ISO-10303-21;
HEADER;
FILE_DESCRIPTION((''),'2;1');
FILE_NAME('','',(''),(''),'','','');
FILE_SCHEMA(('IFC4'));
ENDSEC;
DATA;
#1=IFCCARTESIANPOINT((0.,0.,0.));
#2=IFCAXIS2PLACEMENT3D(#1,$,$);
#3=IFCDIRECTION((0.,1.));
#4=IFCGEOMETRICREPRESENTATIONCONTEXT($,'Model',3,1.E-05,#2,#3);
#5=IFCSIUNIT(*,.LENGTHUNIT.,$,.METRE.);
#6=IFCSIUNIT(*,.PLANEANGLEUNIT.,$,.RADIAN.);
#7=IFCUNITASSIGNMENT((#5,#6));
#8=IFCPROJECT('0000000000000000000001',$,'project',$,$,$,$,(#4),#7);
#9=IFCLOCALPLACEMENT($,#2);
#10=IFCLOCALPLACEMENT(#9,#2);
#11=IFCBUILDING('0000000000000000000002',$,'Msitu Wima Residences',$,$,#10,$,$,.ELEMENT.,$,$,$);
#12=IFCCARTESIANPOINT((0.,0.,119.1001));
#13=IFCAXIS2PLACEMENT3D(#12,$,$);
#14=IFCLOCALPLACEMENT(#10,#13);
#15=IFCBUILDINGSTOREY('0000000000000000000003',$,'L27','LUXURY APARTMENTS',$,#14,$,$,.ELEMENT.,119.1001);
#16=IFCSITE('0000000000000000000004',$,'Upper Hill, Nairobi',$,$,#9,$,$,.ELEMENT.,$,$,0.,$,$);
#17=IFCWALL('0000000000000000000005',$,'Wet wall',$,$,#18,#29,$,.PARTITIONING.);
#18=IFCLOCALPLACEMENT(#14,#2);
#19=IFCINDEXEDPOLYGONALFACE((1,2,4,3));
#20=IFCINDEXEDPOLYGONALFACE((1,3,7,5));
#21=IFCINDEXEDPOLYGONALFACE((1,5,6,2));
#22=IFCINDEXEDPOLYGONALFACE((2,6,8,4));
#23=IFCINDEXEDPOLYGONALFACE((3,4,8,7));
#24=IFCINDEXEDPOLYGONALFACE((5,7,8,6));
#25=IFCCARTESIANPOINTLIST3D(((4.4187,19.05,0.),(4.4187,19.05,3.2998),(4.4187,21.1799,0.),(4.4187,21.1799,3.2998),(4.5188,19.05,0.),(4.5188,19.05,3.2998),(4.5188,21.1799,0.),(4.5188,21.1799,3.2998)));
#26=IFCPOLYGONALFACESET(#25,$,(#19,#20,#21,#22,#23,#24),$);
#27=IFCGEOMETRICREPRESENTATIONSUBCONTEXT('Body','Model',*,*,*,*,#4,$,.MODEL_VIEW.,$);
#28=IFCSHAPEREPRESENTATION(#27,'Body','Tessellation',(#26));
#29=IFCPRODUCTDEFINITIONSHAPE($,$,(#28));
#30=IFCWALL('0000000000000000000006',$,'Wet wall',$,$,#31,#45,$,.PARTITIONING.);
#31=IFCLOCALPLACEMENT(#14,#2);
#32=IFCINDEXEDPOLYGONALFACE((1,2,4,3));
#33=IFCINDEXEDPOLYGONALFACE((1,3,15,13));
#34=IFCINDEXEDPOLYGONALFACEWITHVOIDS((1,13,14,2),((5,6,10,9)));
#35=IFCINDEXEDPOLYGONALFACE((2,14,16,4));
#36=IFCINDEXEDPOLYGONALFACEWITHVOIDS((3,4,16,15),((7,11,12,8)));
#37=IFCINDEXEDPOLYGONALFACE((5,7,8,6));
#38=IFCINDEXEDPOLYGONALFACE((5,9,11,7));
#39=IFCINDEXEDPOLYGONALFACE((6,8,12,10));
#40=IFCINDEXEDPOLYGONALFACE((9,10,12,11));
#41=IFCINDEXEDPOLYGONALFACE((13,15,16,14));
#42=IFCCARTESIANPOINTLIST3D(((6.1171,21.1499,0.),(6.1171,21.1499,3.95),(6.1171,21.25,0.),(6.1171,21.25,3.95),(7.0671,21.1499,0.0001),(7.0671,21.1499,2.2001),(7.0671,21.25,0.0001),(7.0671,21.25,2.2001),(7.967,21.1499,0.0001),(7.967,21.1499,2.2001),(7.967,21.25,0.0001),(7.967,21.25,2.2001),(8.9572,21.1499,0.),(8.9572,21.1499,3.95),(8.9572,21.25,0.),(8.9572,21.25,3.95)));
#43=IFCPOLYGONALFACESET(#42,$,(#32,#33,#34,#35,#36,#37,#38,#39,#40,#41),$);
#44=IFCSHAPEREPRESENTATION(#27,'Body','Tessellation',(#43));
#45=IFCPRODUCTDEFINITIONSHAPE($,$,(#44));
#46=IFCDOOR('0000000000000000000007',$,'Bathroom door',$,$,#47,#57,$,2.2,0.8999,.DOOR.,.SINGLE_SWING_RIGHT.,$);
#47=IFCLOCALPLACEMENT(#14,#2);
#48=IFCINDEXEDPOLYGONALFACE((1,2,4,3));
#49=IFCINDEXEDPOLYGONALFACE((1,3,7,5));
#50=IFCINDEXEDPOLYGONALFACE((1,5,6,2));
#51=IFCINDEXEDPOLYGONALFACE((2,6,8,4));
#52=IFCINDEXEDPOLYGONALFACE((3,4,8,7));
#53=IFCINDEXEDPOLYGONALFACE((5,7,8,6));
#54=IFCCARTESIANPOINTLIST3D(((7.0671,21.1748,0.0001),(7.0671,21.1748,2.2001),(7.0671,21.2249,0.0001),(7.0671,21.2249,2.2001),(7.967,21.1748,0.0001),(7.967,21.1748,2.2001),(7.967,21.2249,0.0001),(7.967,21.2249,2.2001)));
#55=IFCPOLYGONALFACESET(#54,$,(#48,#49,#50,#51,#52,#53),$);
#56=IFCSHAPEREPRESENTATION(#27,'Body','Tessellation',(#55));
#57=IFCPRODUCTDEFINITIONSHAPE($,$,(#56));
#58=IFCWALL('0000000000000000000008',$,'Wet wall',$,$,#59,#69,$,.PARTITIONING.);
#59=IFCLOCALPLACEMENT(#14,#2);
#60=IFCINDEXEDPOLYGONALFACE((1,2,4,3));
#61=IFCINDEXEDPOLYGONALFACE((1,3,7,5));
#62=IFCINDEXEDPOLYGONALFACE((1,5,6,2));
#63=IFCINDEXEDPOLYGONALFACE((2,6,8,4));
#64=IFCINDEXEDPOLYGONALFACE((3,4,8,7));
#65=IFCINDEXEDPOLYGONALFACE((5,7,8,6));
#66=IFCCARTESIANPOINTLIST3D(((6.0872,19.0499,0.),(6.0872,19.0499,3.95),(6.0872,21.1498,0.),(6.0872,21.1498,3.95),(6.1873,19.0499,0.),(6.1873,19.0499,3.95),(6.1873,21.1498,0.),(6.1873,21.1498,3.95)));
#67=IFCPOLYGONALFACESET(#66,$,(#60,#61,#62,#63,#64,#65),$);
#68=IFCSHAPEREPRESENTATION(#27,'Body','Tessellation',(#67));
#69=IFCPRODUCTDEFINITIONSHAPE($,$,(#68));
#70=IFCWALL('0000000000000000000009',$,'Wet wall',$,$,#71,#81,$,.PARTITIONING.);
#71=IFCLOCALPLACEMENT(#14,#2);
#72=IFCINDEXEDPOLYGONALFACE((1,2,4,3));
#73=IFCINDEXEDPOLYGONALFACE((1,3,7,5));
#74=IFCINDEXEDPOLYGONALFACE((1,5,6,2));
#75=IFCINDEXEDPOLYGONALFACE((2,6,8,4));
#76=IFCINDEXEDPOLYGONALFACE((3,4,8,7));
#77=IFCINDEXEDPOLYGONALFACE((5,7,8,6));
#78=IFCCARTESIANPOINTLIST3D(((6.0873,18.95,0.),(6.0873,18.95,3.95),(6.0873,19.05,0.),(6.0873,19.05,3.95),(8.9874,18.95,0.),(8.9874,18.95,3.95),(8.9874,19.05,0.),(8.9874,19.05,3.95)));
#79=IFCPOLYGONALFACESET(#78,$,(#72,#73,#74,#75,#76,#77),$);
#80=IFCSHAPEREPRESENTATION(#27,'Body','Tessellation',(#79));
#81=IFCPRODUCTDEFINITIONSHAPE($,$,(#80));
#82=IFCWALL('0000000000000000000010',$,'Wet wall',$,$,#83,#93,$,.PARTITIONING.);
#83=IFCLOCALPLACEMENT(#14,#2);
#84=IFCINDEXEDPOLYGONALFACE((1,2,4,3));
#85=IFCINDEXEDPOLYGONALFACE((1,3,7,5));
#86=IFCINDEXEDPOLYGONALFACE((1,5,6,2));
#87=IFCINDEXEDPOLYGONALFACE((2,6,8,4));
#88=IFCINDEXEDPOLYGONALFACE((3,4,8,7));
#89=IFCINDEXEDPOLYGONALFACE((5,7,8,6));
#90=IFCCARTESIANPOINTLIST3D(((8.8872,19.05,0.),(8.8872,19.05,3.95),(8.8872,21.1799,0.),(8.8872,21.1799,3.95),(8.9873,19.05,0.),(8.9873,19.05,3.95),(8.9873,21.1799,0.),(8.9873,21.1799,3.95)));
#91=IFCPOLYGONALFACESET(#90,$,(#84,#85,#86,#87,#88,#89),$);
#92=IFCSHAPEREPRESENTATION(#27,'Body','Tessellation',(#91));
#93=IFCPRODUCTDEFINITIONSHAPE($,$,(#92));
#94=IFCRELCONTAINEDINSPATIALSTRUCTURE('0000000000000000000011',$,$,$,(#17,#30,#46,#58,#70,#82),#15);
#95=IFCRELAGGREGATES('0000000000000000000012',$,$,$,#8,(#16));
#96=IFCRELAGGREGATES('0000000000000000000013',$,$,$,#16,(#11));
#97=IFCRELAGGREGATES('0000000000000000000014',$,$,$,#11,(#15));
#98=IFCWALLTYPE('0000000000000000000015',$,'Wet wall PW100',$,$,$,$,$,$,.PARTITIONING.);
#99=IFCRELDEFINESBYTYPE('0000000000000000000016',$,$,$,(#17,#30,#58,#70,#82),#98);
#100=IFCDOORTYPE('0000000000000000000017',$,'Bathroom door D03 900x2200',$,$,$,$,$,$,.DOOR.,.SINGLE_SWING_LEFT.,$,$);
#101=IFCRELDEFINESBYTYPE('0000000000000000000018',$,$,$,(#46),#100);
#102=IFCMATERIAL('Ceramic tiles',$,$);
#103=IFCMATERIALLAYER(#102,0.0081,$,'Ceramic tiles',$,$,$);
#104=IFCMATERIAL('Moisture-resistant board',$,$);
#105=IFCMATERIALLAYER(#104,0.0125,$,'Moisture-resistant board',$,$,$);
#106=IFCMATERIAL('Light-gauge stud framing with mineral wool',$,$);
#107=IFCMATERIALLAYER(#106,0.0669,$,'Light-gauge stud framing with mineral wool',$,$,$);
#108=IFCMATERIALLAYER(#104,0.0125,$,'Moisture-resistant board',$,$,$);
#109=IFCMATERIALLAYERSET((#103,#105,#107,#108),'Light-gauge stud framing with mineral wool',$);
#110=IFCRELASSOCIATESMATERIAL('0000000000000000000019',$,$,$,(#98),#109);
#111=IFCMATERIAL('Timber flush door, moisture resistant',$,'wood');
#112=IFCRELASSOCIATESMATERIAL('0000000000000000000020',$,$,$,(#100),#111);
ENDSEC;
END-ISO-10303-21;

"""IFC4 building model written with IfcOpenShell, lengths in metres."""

from ifc_helpers import new_model, si_unit, direction, frame, frame_2d, origin, place, context, subcontext, project, spatial, rectangle, extrude, material, layer, layer_set, type_object, element, fill, save


model = new_model("IFC4")

# Units and contexts
model_context = context("Model", 3, precision=1e-05, world=origin(), true_north=direction((0.0, 1.0)))
body_context = subcontext(model_context, "Body", "Model", "MODEL_VIEW")
ifc_project = project(units=[si_unit("LENGTHUNIT", "METRE"), si_unit("PLANEANGLEUNIT", "RADIAN")], contexts=[model_context])

# Site, building, storey
site_placement = place(None, origin())
site = spatial("IfcSite", under=ifc_project, at=site_placement, Name="Upper Hill, Nairobi", CompositionType="ELEMENT", RefElevation=0.0)
building_placement = place(site_placement, origin())
building = spatial("IfcBuilding", under=site, at=building_placement, Name="Msitu Wima Residences", CompositionType="ELEMENT")
storey_placement = place(building_placement, frame((0.0, 0.0, 119.1001)))
storey = spatial("IfcBuildingStorey", under=building, at=storey_placement, Name="L27", Description="LUXURY APARTMENTS", CompositionType="ELEMENT", Elevation=119.1001)

# Shared definitions
ifc_material_1 = material(Name="Ceramic tiles")
ifc_layer_1 = layer(ifc_material_1, 0.0081, Name="Ceramic tiles")
ifc_material_2 = material(Name="Moisture-resistant board")
ifc_layer_2 = layer(ifc_material_2, 0.0125, Name="Moisture-resistant board")
ifc_material_3 = material(Name="Light-gauge stud framing with mineral wool")
ifc_layer_3 = layer(ifc_material_3, 0.0669, Name="Light-gauge stud framing with mineral wool")
ifc_layer_4 = layer(ifc_material_2, 0.0125, Name="Moisture-resistant board")
ifc_layer_set_1 = layer_set([ifc_layer_1, ifc_layer_2, ifc_layer_3, ifc_layer_4], Name="Light-gauge stud framing with mineral wool")
wall_type_1 = type_object("IfcWallType", Name="Wet wall PW100", PredefinedType="PARTITIONING", material=ifc_layer_set_1)
ifc_material_4 = material(Name="Timber flush door, moisture resistant", Category="wood")
door_type_1 = type_object("IfcDoorType", Name="Bathroom door D03 900x2200", OperationType="SINGLE_SWING_LEFT", PredefinedType="DOOR", material=ifc_material_4)

# Wall
wall_1_placement = place(storey_placement, frame((4.4688, 19.05, 0.0), z_axis=(0.0, 0.0, 1.0), x_axis=(0.0, 1.0, 0.0)))
element("IfcWall", 1, at=wall_1_placement, inside=storey, type_object=wall_type_1, Name="Wet wall", PredefinedType="PARTITIONING", context=body_context, shape_type="SweptSolid", body=[
    extrude(rectangle(XDim=2.1299, YDim=0.1001, at=frame_2d((1.0649, 0.0))), origin(), (0.0, 0.0, 1.0), 3.2998),
])

# Wall, opening, door
wall_2_placement = place(storey_placement, frame((6.1172, 21.2, 0.0), z_axis=(0.0, 0.0, 1.0), x_axis=(1.0, 0.0, 0.0)))
wall_2 = element("IfcWall", 2, at=wall_2_placement, inside=storey, type_object=wall_type_1, Name="Wet wall", PredefinedType="PARTITIONING", context=body_context, shape_type="SweptSolid", body=[
    extrude(rectangle(XDim=2.8401, YDim=0.1001, at=frame_2d((1.4199, 0.0))), origin(), (0.0, 0.0, 1.0), 3.95),
])
opening_1_placement = place(wall_2_placement, frame((0.95, 0.0, 0.0)))
opening_1 = element("IfcOpeningElement", 3, at=opening_1_placement, cuts=wall_2, PredefinedType="OPENING", context=body_context, shape_type="SweptSolid", body=[
    extrude(rectangle(XDim=0.8999, YDim=2.2, at=frame_2d((0.45, 1.1001))), frame((0.0, 0.0601, 0.0), z_axis=(0.0, -1.0, 0.0), x_axis=(1.0, 0.0, 0.0)), (0.0, 0.0, 1.0), 0.1201),
])
door_1_placement = place(opening_1_placement, origin())
door_1 = element("IfcDoor", 4, at=door_1_placement, inside=storey, type_object=door_type_1, Name="Bathroom door", OperationType="SINGLE_SWING_RIGHT", OverallHeight=2.2, OverallWidth=0.8999, PredefinedType="DOOR", context=body_context, shape_type="SweptSolid", body=[
    extrude(rectangle(XDim=0.8999, YDim=2.2, at=frame_2d((0.45, 1.1001))), frame((0.0, 0.0249, 0.0), z_axis=(0.0, -1.0, 0.0), x_axis=(1.0, 0.0, 0.0)), (0.0, 0.0, 1.0), 0.05),
])
fill(opening_1, door_1)

# Walls
wall_3_placement = place(storey_placement, frame((6.1372, 19.05, 0.0), z_axis=(0.0, 0.0, 1.0), x_axis=(0.0, 1.0, 0.0)))
element("IfcWall", 5, at=wall_3_placement, inside=storey, type_object=wall_type_1, Name="Wet wall", PredefinedType="PARTITIONING", context=body_context, shape_type="SweptSolid", body=[
    extrude(rectangle(XDim=2.0999, YDim=0.1001, at=frame_2d((1.0498, 0.0))), origin(), (0.0, 0.0, 1.0), 3.95),
])
wall_4_placement = place(storey_placement, frame((6.0872, 19.0, 0.0), z_axis=(0.0, 0.0, 1.0), x_axis=(1.0, 0.0, 0.0)))
element("IfcWall", 6, at=wall_4_placement, inside=storey, type_object=wall_type_1, Name="Wet wall", PredefinedType="PARTITIONING", context=body_context, shape_type="SweptSolid", body=[
    extrude(rectangle(XDim=2.9001, YDim=0.1001, at=frame_2d((1.4502, 0.0))), origin(), (0.0, 0.0, 1.0), 3.95),
])
wall_5_placement = place(storey_placement, frame((8.9373, 19.05, 0.0), z_axis=(0.0, 0.0, 1.0), x_axis=(0.0, 1.0, 0.0)))
element("IfcWall", 7, at=wall_5_placement, inside=storey, type_object=wall_type_1, Name="Wet wall", PredefinedType="PARTITIONING", context=body_context, shape_type="SweptSolid", body=[
    extrude(rectangle(XDim=2.1299, YDim=0.1001, at=frame_2d((1.0649, 0.0))), origin(), (0.0, 0.0, 1.0), 3.95),
])

save(model, "model.ifc")
